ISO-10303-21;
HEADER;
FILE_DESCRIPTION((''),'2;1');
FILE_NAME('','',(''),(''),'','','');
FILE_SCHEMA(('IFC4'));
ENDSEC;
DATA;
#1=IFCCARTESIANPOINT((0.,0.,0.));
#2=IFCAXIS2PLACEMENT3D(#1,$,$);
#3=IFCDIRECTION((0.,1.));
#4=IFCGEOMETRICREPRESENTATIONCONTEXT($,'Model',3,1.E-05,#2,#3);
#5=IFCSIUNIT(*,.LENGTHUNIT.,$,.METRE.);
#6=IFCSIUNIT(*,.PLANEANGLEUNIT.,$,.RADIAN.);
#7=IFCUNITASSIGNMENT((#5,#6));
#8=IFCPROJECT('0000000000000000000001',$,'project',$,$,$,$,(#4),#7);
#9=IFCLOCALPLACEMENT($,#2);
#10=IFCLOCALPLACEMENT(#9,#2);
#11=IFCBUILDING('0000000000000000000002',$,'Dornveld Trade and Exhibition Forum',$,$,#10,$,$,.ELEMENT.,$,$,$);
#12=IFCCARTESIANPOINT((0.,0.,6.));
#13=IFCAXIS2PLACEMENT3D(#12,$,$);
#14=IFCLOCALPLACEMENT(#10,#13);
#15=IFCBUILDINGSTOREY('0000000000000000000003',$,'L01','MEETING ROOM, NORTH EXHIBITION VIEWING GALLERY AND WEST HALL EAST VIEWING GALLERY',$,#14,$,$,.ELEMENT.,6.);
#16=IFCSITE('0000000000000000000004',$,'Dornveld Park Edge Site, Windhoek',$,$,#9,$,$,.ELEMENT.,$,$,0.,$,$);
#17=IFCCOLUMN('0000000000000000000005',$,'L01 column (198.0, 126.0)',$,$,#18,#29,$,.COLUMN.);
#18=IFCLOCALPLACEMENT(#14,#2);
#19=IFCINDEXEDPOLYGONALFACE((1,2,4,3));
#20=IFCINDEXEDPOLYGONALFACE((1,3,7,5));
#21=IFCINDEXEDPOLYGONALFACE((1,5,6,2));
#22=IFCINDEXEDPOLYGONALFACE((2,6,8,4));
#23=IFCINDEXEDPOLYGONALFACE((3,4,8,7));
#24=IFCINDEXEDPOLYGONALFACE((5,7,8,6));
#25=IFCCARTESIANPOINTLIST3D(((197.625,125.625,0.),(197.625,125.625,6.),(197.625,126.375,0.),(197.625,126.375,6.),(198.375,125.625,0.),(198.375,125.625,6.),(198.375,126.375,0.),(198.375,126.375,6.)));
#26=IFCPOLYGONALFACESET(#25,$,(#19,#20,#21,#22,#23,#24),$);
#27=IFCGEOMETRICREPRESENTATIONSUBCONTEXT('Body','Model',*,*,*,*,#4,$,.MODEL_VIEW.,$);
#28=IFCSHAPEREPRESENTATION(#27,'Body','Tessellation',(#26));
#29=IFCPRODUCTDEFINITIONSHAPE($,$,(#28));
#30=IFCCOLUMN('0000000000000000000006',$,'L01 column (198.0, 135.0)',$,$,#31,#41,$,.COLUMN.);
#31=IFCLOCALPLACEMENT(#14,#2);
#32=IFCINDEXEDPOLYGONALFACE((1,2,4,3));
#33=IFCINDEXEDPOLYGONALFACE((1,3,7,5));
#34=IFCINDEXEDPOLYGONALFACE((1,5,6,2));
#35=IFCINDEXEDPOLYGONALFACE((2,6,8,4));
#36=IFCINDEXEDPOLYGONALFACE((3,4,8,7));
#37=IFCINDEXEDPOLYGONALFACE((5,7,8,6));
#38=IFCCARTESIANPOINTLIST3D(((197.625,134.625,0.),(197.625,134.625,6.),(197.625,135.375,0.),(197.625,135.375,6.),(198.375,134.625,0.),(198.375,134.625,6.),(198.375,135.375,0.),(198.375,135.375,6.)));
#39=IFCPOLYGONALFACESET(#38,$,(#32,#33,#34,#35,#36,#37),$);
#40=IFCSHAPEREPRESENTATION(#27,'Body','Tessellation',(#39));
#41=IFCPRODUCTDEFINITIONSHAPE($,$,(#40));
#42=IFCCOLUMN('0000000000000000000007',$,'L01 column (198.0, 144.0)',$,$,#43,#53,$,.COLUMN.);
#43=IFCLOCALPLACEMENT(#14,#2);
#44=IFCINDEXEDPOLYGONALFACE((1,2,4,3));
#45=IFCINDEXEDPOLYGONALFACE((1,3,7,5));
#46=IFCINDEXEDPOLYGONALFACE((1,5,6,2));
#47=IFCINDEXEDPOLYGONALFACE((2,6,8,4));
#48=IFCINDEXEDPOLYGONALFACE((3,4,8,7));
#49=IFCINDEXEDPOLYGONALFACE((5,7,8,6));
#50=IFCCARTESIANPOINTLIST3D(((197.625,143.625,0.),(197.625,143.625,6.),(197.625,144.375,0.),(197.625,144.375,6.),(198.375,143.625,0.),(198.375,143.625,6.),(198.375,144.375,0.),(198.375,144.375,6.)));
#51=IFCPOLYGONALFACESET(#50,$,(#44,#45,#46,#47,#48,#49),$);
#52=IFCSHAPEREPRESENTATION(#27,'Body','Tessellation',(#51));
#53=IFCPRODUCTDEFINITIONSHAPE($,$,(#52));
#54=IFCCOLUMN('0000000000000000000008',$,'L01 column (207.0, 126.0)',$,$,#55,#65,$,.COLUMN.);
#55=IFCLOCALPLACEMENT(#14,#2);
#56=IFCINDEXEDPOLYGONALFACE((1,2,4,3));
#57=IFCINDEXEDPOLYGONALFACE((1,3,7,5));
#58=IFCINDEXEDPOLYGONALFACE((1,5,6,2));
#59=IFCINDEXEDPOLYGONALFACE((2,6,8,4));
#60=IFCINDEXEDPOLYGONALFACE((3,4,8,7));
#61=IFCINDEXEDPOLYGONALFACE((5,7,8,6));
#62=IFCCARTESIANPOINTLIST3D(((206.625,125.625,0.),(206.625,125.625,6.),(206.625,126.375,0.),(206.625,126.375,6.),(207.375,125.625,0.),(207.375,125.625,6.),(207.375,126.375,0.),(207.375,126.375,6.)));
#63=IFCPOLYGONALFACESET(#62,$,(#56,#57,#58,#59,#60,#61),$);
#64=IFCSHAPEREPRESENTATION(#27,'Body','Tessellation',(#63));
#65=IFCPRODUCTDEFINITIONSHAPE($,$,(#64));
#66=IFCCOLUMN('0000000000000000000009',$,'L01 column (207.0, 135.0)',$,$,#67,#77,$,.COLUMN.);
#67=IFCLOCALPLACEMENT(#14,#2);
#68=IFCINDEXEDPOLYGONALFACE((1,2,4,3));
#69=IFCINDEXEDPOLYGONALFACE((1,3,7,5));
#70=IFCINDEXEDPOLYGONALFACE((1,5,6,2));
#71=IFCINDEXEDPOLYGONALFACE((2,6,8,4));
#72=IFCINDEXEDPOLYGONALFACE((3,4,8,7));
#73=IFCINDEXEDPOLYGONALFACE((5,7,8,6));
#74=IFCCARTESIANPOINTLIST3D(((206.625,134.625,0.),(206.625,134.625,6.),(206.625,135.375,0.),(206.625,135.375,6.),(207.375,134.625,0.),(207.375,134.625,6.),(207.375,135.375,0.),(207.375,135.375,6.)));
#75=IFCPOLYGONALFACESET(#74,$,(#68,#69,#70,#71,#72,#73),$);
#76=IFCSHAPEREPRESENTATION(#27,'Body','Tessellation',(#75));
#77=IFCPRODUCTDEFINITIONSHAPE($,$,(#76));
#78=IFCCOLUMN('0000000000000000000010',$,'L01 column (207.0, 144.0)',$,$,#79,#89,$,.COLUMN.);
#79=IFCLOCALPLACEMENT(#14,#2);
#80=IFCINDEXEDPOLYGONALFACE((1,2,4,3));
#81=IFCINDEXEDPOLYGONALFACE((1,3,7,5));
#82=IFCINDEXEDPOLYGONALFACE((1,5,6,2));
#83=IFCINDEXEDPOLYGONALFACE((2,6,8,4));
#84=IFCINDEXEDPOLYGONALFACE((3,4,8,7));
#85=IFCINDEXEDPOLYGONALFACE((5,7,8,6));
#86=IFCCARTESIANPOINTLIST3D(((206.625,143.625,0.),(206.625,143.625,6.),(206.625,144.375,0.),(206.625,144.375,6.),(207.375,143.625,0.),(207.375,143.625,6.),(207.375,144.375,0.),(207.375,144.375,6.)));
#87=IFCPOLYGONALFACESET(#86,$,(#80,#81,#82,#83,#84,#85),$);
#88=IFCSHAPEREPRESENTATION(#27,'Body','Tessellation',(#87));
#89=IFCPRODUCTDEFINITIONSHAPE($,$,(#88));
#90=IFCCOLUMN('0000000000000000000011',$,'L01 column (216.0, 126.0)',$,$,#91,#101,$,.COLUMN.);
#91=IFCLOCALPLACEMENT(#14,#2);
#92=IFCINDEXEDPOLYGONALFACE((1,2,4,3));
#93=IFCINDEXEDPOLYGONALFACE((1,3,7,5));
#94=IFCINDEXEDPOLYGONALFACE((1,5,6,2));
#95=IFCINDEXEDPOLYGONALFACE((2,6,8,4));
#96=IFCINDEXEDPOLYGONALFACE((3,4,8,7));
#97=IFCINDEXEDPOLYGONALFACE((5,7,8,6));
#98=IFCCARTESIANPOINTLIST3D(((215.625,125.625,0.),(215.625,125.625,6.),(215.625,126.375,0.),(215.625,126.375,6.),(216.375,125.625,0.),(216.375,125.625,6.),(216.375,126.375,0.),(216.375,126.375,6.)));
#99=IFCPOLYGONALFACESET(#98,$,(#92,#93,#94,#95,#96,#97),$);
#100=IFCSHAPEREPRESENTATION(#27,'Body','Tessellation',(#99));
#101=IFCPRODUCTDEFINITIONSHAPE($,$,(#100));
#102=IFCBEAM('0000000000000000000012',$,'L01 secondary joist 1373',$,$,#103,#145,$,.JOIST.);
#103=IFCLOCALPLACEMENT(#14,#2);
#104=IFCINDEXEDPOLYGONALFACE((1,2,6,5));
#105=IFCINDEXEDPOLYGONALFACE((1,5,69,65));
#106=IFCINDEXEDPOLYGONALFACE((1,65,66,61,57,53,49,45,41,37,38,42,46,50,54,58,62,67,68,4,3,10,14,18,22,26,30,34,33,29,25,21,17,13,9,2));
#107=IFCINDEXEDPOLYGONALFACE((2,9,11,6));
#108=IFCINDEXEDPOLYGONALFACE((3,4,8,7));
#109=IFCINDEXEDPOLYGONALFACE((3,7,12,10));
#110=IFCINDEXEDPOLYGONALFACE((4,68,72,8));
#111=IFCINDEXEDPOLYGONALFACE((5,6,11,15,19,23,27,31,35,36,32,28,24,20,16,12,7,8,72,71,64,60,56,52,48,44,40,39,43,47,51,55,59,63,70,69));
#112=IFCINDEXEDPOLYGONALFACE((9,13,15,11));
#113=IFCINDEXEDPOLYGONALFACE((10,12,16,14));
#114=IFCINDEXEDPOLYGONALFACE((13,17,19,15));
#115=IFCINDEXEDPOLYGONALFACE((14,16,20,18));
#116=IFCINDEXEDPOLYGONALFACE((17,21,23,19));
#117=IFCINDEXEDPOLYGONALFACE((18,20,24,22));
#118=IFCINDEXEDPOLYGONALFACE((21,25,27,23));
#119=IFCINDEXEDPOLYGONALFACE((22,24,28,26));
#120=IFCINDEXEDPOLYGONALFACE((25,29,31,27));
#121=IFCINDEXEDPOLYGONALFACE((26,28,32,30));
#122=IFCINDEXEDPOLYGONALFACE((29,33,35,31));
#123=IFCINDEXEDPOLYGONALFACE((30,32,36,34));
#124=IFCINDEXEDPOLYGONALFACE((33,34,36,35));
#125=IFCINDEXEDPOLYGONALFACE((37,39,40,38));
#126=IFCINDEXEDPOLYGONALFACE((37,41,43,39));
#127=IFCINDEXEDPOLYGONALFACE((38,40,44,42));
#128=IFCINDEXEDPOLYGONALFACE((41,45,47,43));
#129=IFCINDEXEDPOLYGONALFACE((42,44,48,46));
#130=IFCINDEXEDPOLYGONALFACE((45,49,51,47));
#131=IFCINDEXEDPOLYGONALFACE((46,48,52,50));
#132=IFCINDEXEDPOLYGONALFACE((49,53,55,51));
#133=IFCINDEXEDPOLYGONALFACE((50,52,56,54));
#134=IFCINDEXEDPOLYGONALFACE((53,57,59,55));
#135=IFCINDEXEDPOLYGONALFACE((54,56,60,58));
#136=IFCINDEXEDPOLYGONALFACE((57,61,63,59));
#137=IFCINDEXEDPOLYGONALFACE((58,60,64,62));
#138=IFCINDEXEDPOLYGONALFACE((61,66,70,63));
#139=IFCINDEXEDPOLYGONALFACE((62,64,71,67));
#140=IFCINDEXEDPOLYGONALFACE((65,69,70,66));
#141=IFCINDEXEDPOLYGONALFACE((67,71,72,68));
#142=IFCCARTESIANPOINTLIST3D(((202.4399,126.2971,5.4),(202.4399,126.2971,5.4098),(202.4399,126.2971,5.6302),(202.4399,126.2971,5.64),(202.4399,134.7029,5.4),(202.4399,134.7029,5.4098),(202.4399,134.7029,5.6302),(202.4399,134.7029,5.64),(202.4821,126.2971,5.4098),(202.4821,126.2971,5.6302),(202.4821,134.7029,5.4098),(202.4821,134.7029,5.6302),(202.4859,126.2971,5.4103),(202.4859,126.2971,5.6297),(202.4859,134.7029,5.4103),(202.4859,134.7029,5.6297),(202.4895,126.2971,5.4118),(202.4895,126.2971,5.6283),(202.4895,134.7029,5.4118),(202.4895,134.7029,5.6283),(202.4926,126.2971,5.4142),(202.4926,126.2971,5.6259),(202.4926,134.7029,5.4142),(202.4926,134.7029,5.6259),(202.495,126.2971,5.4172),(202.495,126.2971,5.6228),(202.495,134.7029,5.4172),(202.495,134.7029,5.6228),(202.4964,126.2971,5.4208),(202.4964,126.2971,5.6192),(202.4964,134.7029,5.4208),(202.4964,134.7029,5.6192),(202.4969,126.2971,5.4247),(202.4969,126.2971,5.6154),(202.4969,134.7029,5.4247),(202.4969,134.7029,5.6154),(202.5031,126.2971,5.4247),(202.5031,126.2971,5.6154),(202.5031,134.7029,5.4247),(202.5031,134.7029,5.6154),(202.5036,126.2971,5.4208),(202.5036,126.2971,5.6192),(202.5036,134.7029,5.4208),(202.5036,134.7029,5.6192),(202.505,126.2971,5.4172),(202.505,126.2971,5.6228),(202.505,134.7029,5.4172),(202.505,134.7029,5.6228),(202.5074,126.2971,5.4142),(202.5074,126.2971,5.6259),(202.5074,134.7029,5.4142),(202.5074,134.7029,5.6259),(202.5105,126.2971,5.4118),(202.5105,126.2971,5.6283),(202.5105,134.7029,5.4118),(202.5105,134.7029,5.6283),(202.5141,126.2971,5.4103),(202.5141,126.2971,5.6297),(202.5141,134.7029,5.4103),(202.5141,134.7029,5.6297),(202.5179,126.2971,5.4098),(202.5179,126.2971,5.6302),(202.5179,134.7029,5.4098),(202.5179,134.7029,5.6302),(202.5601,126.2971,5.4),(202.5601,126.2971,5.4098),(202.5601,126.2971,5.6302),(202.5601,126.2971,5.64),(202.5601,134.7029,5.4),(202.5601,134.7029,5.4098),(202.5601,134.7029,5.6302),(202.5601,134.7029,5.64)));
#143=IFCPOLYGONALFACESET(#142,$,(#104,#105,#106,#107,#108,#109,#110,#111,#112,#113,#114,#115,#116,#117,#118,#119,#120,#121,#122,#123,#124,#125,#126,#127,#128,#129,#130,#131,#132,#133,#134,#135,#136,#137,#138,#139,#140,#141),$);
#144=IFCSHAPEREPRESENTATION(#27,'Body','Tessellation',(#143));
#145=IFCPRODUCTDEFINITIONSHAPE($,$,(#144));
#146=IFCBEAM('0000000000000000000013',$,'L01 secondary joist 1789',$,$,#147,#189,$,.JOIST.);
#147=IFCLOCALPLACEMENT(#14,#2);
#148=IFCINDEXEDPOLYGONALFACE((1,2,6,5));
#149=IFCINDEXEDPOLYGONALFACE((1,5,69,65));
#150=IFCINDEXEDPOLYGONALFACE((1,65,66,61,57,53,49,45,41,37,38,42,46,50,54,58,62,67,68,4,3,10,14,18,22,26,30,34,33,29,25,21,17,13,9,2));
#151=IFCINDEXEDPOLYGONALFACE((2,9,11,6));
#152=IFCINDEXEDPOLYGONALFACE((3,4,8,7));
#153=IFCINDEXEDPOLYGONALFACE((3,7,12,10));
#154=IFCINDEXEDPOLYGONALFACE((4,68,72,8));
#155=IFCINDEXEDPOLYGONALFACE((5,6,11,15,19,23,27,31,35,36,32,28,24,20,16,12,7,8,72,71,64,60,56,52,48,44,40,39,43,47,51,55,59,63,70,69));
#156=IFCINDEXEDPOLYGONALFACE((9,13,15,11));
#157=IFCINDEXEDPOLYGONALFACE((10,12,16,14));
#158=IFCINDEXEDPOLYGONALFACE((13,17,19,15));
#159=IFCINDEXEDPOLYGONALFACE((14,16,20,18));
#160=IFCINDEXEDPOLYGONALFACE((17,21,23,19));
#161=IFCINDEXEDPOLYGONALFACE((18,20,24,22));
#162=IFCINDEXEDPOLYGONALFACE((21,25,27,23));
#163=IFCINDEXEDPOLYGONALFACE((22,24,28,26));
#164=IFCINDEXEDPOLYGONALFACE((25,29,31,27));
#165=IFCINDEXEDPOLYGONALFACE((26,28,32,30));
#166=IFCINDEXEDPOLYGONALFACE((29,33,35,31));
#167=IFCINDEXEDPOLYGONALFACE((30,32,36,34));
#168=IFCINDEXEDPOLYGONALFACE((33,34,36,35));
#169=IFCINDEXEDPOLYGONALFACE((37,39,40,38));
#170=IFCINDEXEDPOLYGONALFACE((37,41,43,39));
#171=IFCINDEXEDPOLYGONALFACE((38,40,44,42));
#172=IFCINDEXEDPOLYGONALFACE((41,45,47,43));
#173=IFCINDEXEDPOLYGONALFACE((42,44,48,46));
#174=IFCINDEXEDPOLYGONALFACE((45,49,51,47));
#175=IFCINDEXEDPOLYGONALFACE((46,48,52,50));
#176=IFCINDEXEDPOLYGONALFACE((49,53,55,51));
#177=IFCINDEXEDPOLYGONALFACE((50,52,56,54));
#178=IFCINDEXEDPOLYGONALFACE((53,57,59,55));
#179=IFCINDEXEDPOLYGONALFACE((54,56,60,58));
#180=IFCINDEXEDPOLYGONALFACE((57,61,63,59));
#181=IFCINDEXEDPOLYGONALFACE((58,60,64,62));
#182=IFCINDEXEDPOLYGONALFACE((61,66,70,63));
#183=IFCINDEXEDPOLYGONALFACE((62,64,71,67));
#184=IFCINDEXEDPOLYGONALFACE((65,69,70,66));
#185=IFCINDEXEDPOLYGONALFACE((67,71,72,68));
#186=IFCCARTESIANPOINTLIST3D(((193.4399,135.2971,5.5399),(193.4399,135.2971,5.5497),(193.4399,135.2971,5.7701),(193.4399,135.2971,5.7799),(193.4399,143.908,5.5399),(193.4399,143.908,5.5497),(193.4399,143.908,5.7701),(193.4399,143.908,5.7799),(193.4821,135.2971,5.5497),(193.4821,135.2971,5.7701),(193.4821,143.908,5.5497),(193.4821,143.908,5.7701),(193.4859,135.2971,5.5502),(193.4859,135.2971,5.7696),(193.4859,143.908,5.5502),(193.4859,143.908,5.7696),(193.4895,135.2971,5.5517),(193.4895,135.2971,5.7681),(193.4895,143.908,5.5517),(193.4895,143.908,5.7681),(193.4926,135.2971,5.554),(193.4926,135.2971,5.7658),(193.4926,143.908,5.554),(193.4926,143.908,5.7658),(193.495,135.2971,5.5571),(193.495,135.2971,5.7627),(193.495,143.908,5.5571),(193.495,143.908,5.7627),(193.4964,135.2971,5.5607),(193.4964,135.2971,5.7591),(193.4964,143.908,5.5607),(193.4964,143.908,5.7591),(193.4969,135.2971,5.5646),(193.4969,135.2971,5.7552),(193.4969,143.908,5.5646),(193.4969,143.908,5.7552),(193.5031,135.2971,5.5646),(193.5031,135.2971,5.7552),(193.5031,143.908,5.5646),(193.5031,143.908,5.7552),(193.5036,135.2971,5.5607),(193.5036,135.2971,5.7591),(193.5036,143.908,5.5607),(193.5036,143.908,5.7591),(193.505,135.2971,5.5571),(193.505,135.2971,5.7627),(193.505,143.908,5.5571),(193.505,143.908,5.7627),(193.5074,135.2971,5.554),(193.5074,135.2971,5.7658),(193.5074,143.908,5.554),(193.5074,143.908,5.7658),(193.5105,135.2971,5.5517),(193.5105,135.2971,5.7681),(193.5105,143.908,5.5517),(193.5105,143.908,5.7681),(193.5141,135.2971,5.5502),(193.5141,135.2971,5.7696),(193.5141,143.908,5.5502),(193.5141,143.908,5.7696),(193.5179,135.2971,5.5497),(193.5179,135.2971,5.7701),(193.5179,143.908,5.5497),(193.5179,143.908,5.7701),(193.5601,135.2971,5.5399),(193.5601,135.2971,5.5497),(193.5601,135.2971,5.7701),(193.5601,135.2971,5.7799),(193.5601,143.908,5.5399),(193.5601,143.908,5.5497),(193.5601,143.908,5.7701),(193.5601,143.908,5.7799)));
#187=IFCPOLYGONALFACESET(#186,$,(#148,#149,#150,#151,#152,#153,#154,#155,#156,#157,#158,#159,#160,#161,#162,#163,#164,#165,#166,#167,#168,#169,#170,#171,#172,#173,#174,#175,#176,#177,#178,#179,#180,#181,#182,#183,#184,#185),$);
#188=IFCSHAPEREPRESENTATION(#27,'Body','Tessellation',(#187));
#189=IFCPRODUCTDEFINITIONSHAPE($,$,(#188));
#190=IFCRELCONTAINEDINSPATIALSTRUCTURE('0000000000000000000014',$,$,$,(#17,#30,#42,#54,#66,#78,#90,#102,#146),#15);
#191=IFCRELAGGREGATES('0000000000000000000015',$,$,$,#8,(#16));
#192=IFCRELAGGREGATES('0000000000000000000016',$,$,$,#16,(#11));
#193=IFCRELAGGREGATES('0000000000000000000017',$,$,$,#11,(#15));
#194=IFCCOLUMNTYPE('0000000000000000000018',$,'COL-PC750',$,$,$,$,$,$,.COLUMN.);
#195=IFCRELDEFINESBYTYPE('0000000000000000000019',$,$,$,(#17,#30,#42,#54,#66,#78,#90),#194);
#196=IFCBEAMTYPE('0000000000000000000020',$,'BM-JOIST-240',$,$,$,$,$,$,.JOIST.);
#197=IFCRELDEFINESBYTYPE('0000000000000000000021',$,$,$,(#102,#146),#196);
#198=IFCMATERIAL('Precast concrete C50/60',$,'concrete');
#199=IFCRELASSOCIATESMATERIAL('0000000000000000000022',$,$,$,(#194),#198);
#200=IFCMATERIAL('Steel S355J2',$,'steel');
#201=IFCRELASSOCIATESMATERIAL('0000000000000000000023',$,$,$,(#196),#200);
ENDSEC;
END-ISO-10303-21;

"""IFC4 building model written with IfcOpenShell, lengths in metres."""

from ifc_helpers import new_model, si_unit, direction, frame, origin, origin_2d, place, context, subcontext, project, spatial, rectangle, i_section, extrude, material, material_profile, profile_set, type_object, element, save


model = new_model("IFC4")

# Units and contexts
model_context = context("Model", 3, precision=1e-05, world=origin(), true_north=direction((0.0, 1.0)))
body_context = subcontext(model_context, "Body", "Model", "MODEL_VIEW")
ifc_project = project(units=[si_unit("LENGTHUNIT", "METRE"), si_unit("PLANEANGLEUNIT", "RADIAN")], contexts=[model_context])

# Site, building, storey
site_placement = place(None, origin())
site = spatial("IfcSite", under=ifc_project, at=site_placement, Name="Dornveld Park Edge Site, Windhoek", CompositionType="ELEMENT", RefElevation=0.0)
building_placement = place(site_placement, origin())
building = spatial("IfcBuilding", under=site, at=building_placement, Name="Dornveld Trade and Exhibition Forum", CompositionType="ELEMENT")
storey_placement = place(building_placement, frame((0.0, 0.0, 6.0)))
storey = spatial("IfcBuildingStorey", under=building, at=storey_placement, Name="L01", Description="MEETING ROOM, NORTH EXHIBITION VIEWING GALLERY AND WEST HALL EAST VIEWING GALLERY", CompositionType="ELEMENT", Elevation=6.0)

# Columns
ifc_material_1 = material(Name="Precast concrete C50/60", Category="concrete")
ifc_material_profile_1 = material_profile(ifc_material_1, rectangle(XDim=0.75, YDim=0.75, at=origin_2d()), Name="PC-COL 750x750")
ifc_profile_set_1 = profile_set([ifc_material_profile_1], Name="Precast concrete C50/60")
column_type = type_object("IfcColumnType", Name="COL-PC750", PredefinedType="COLUMN", material=ifc_profile_set_1)
for number, where, z_axis, x_axis, name in (
    (1, (198.0, 126.0, 0.0), (0.0, 0.0, 1.0), (1.0, 0.0, 0.0), "L01 column (198.0, 126.0)"),
    (2, (198.0, 135.0, 0.0), (0.0, 0.0, 1.0), (1.0, 0.0, 0.0), "L01 column (198.0, 135.0)"),
    (3, (198.0, 144.0, 0.0), (0.0, 0.0, 1.0), (1.0, 0.0, 0.0), "L01 column (198.0, 144.0)"),
    (4, (207.0, 126.0, 0.0), (0.0, 0.0, 1.0), (1.0, 0.0, 0.0), "L01 column (207.0, 126.0)"),
    (5, (207.0, 135.0, 0.0), (0.0, 0.0, 1.0), (1.0, 0.0, 0.0), "L01 column (207.0, 135.0)"),
    (6, (207.0, 144.0, 0.0), (0.0, 0.0, 1.0), (1.0, 0.0, 0.0), "L01 column (207.0, 144.0)"),
    (7, (216.0, 126.0, 0.0), (0.0, 0.0, 1.0), (1.0, 0.0, 0.0), "L01 column (216.0, 126.0)"),
):
    element("IfcColumn", number, at=place(storey_placement, frame(where, z_axis=z_axis, x_axis=x_axis)), inside=storey, type_object=column_type, Name=name, PredefinedType="COLUMN", context=body_context, shape_type="SweptSolid", body=[
        extrude(rectangle(XDim=0.75, YDim=0.75, at=origin_2d()), origin(), (0.0, 0.0, 1.0), 6.0),
    ])

# Beams
ifc_material_2 = material(Name="Steel S355J2", Category="steel")
ifc_material_profile_2 = material_profile(ifc_material_2, i_section(OverallWidth=0.1201, OverallDepth=0.24, WebThickness=0.0061, FlangeThickness=0.0098, FilletRadius=0.0149, at=origin_2d()), Name="IPE 240")
ifc_profile_set_2 = profile_set([ifc_material_profile_2], Name="Steel S355J2")
beam_type_1 = type_object("IfcBeamType", Name="BM-JOIST-240", PredefinedType="JOIST", material=ifc_profile_set_2)
beam_placement = place(storey_placement, frame((202.5, 126.2971, 5.52), z_axis=(0.0, 1.0, 0.0), x_axis=(-1.0, 0.0, 0.0)))
element("IfcBeam", 8, at=beam_placement, inside=storey, type_object=beam_type_1, Name="L01 secondary joist 1373", PredefinedType="JOIST", context=body_context, shape_type="SweptSolid", body=[
    extrude(i_section(OverallWidth=0.1201, OverallDepth=0.24, WebThickness=0.0061, FlangeThickness=0.0098, FilletRadius=0.0149, at=origin_2d()), origin(), (0.0, 0.0, 1.0), 8.4058),
])
for number, where, z_axis, x_axis, name in (
    (9, (193.5, 135.2971, 5.6599), (0.0, 1.0, 0.0), (-1.0, 0.0, 0.0), "L01 secondary joist 1789"),
):
    element("IfcBeam", number, at=place(storey_placement, frame(where, z_axis=z_axis, x_axis=x_axis)), inside=storey, type_object=beam_type_1, Name=name, PredefinedType="JOIST", context=body_context, shape_type="SweptSolid", body=[
        extrude(i_section(OverallWidth=0.1201, OverallDepth=0.24, WebThickness=0.0061, FlangeThickness=0.0098, FilletRadius=0.0149, at=origin_2d()), origin(), (0.0, 0.0, 1.0), 8.6108),
    ])

save(model, "model.ifc")
